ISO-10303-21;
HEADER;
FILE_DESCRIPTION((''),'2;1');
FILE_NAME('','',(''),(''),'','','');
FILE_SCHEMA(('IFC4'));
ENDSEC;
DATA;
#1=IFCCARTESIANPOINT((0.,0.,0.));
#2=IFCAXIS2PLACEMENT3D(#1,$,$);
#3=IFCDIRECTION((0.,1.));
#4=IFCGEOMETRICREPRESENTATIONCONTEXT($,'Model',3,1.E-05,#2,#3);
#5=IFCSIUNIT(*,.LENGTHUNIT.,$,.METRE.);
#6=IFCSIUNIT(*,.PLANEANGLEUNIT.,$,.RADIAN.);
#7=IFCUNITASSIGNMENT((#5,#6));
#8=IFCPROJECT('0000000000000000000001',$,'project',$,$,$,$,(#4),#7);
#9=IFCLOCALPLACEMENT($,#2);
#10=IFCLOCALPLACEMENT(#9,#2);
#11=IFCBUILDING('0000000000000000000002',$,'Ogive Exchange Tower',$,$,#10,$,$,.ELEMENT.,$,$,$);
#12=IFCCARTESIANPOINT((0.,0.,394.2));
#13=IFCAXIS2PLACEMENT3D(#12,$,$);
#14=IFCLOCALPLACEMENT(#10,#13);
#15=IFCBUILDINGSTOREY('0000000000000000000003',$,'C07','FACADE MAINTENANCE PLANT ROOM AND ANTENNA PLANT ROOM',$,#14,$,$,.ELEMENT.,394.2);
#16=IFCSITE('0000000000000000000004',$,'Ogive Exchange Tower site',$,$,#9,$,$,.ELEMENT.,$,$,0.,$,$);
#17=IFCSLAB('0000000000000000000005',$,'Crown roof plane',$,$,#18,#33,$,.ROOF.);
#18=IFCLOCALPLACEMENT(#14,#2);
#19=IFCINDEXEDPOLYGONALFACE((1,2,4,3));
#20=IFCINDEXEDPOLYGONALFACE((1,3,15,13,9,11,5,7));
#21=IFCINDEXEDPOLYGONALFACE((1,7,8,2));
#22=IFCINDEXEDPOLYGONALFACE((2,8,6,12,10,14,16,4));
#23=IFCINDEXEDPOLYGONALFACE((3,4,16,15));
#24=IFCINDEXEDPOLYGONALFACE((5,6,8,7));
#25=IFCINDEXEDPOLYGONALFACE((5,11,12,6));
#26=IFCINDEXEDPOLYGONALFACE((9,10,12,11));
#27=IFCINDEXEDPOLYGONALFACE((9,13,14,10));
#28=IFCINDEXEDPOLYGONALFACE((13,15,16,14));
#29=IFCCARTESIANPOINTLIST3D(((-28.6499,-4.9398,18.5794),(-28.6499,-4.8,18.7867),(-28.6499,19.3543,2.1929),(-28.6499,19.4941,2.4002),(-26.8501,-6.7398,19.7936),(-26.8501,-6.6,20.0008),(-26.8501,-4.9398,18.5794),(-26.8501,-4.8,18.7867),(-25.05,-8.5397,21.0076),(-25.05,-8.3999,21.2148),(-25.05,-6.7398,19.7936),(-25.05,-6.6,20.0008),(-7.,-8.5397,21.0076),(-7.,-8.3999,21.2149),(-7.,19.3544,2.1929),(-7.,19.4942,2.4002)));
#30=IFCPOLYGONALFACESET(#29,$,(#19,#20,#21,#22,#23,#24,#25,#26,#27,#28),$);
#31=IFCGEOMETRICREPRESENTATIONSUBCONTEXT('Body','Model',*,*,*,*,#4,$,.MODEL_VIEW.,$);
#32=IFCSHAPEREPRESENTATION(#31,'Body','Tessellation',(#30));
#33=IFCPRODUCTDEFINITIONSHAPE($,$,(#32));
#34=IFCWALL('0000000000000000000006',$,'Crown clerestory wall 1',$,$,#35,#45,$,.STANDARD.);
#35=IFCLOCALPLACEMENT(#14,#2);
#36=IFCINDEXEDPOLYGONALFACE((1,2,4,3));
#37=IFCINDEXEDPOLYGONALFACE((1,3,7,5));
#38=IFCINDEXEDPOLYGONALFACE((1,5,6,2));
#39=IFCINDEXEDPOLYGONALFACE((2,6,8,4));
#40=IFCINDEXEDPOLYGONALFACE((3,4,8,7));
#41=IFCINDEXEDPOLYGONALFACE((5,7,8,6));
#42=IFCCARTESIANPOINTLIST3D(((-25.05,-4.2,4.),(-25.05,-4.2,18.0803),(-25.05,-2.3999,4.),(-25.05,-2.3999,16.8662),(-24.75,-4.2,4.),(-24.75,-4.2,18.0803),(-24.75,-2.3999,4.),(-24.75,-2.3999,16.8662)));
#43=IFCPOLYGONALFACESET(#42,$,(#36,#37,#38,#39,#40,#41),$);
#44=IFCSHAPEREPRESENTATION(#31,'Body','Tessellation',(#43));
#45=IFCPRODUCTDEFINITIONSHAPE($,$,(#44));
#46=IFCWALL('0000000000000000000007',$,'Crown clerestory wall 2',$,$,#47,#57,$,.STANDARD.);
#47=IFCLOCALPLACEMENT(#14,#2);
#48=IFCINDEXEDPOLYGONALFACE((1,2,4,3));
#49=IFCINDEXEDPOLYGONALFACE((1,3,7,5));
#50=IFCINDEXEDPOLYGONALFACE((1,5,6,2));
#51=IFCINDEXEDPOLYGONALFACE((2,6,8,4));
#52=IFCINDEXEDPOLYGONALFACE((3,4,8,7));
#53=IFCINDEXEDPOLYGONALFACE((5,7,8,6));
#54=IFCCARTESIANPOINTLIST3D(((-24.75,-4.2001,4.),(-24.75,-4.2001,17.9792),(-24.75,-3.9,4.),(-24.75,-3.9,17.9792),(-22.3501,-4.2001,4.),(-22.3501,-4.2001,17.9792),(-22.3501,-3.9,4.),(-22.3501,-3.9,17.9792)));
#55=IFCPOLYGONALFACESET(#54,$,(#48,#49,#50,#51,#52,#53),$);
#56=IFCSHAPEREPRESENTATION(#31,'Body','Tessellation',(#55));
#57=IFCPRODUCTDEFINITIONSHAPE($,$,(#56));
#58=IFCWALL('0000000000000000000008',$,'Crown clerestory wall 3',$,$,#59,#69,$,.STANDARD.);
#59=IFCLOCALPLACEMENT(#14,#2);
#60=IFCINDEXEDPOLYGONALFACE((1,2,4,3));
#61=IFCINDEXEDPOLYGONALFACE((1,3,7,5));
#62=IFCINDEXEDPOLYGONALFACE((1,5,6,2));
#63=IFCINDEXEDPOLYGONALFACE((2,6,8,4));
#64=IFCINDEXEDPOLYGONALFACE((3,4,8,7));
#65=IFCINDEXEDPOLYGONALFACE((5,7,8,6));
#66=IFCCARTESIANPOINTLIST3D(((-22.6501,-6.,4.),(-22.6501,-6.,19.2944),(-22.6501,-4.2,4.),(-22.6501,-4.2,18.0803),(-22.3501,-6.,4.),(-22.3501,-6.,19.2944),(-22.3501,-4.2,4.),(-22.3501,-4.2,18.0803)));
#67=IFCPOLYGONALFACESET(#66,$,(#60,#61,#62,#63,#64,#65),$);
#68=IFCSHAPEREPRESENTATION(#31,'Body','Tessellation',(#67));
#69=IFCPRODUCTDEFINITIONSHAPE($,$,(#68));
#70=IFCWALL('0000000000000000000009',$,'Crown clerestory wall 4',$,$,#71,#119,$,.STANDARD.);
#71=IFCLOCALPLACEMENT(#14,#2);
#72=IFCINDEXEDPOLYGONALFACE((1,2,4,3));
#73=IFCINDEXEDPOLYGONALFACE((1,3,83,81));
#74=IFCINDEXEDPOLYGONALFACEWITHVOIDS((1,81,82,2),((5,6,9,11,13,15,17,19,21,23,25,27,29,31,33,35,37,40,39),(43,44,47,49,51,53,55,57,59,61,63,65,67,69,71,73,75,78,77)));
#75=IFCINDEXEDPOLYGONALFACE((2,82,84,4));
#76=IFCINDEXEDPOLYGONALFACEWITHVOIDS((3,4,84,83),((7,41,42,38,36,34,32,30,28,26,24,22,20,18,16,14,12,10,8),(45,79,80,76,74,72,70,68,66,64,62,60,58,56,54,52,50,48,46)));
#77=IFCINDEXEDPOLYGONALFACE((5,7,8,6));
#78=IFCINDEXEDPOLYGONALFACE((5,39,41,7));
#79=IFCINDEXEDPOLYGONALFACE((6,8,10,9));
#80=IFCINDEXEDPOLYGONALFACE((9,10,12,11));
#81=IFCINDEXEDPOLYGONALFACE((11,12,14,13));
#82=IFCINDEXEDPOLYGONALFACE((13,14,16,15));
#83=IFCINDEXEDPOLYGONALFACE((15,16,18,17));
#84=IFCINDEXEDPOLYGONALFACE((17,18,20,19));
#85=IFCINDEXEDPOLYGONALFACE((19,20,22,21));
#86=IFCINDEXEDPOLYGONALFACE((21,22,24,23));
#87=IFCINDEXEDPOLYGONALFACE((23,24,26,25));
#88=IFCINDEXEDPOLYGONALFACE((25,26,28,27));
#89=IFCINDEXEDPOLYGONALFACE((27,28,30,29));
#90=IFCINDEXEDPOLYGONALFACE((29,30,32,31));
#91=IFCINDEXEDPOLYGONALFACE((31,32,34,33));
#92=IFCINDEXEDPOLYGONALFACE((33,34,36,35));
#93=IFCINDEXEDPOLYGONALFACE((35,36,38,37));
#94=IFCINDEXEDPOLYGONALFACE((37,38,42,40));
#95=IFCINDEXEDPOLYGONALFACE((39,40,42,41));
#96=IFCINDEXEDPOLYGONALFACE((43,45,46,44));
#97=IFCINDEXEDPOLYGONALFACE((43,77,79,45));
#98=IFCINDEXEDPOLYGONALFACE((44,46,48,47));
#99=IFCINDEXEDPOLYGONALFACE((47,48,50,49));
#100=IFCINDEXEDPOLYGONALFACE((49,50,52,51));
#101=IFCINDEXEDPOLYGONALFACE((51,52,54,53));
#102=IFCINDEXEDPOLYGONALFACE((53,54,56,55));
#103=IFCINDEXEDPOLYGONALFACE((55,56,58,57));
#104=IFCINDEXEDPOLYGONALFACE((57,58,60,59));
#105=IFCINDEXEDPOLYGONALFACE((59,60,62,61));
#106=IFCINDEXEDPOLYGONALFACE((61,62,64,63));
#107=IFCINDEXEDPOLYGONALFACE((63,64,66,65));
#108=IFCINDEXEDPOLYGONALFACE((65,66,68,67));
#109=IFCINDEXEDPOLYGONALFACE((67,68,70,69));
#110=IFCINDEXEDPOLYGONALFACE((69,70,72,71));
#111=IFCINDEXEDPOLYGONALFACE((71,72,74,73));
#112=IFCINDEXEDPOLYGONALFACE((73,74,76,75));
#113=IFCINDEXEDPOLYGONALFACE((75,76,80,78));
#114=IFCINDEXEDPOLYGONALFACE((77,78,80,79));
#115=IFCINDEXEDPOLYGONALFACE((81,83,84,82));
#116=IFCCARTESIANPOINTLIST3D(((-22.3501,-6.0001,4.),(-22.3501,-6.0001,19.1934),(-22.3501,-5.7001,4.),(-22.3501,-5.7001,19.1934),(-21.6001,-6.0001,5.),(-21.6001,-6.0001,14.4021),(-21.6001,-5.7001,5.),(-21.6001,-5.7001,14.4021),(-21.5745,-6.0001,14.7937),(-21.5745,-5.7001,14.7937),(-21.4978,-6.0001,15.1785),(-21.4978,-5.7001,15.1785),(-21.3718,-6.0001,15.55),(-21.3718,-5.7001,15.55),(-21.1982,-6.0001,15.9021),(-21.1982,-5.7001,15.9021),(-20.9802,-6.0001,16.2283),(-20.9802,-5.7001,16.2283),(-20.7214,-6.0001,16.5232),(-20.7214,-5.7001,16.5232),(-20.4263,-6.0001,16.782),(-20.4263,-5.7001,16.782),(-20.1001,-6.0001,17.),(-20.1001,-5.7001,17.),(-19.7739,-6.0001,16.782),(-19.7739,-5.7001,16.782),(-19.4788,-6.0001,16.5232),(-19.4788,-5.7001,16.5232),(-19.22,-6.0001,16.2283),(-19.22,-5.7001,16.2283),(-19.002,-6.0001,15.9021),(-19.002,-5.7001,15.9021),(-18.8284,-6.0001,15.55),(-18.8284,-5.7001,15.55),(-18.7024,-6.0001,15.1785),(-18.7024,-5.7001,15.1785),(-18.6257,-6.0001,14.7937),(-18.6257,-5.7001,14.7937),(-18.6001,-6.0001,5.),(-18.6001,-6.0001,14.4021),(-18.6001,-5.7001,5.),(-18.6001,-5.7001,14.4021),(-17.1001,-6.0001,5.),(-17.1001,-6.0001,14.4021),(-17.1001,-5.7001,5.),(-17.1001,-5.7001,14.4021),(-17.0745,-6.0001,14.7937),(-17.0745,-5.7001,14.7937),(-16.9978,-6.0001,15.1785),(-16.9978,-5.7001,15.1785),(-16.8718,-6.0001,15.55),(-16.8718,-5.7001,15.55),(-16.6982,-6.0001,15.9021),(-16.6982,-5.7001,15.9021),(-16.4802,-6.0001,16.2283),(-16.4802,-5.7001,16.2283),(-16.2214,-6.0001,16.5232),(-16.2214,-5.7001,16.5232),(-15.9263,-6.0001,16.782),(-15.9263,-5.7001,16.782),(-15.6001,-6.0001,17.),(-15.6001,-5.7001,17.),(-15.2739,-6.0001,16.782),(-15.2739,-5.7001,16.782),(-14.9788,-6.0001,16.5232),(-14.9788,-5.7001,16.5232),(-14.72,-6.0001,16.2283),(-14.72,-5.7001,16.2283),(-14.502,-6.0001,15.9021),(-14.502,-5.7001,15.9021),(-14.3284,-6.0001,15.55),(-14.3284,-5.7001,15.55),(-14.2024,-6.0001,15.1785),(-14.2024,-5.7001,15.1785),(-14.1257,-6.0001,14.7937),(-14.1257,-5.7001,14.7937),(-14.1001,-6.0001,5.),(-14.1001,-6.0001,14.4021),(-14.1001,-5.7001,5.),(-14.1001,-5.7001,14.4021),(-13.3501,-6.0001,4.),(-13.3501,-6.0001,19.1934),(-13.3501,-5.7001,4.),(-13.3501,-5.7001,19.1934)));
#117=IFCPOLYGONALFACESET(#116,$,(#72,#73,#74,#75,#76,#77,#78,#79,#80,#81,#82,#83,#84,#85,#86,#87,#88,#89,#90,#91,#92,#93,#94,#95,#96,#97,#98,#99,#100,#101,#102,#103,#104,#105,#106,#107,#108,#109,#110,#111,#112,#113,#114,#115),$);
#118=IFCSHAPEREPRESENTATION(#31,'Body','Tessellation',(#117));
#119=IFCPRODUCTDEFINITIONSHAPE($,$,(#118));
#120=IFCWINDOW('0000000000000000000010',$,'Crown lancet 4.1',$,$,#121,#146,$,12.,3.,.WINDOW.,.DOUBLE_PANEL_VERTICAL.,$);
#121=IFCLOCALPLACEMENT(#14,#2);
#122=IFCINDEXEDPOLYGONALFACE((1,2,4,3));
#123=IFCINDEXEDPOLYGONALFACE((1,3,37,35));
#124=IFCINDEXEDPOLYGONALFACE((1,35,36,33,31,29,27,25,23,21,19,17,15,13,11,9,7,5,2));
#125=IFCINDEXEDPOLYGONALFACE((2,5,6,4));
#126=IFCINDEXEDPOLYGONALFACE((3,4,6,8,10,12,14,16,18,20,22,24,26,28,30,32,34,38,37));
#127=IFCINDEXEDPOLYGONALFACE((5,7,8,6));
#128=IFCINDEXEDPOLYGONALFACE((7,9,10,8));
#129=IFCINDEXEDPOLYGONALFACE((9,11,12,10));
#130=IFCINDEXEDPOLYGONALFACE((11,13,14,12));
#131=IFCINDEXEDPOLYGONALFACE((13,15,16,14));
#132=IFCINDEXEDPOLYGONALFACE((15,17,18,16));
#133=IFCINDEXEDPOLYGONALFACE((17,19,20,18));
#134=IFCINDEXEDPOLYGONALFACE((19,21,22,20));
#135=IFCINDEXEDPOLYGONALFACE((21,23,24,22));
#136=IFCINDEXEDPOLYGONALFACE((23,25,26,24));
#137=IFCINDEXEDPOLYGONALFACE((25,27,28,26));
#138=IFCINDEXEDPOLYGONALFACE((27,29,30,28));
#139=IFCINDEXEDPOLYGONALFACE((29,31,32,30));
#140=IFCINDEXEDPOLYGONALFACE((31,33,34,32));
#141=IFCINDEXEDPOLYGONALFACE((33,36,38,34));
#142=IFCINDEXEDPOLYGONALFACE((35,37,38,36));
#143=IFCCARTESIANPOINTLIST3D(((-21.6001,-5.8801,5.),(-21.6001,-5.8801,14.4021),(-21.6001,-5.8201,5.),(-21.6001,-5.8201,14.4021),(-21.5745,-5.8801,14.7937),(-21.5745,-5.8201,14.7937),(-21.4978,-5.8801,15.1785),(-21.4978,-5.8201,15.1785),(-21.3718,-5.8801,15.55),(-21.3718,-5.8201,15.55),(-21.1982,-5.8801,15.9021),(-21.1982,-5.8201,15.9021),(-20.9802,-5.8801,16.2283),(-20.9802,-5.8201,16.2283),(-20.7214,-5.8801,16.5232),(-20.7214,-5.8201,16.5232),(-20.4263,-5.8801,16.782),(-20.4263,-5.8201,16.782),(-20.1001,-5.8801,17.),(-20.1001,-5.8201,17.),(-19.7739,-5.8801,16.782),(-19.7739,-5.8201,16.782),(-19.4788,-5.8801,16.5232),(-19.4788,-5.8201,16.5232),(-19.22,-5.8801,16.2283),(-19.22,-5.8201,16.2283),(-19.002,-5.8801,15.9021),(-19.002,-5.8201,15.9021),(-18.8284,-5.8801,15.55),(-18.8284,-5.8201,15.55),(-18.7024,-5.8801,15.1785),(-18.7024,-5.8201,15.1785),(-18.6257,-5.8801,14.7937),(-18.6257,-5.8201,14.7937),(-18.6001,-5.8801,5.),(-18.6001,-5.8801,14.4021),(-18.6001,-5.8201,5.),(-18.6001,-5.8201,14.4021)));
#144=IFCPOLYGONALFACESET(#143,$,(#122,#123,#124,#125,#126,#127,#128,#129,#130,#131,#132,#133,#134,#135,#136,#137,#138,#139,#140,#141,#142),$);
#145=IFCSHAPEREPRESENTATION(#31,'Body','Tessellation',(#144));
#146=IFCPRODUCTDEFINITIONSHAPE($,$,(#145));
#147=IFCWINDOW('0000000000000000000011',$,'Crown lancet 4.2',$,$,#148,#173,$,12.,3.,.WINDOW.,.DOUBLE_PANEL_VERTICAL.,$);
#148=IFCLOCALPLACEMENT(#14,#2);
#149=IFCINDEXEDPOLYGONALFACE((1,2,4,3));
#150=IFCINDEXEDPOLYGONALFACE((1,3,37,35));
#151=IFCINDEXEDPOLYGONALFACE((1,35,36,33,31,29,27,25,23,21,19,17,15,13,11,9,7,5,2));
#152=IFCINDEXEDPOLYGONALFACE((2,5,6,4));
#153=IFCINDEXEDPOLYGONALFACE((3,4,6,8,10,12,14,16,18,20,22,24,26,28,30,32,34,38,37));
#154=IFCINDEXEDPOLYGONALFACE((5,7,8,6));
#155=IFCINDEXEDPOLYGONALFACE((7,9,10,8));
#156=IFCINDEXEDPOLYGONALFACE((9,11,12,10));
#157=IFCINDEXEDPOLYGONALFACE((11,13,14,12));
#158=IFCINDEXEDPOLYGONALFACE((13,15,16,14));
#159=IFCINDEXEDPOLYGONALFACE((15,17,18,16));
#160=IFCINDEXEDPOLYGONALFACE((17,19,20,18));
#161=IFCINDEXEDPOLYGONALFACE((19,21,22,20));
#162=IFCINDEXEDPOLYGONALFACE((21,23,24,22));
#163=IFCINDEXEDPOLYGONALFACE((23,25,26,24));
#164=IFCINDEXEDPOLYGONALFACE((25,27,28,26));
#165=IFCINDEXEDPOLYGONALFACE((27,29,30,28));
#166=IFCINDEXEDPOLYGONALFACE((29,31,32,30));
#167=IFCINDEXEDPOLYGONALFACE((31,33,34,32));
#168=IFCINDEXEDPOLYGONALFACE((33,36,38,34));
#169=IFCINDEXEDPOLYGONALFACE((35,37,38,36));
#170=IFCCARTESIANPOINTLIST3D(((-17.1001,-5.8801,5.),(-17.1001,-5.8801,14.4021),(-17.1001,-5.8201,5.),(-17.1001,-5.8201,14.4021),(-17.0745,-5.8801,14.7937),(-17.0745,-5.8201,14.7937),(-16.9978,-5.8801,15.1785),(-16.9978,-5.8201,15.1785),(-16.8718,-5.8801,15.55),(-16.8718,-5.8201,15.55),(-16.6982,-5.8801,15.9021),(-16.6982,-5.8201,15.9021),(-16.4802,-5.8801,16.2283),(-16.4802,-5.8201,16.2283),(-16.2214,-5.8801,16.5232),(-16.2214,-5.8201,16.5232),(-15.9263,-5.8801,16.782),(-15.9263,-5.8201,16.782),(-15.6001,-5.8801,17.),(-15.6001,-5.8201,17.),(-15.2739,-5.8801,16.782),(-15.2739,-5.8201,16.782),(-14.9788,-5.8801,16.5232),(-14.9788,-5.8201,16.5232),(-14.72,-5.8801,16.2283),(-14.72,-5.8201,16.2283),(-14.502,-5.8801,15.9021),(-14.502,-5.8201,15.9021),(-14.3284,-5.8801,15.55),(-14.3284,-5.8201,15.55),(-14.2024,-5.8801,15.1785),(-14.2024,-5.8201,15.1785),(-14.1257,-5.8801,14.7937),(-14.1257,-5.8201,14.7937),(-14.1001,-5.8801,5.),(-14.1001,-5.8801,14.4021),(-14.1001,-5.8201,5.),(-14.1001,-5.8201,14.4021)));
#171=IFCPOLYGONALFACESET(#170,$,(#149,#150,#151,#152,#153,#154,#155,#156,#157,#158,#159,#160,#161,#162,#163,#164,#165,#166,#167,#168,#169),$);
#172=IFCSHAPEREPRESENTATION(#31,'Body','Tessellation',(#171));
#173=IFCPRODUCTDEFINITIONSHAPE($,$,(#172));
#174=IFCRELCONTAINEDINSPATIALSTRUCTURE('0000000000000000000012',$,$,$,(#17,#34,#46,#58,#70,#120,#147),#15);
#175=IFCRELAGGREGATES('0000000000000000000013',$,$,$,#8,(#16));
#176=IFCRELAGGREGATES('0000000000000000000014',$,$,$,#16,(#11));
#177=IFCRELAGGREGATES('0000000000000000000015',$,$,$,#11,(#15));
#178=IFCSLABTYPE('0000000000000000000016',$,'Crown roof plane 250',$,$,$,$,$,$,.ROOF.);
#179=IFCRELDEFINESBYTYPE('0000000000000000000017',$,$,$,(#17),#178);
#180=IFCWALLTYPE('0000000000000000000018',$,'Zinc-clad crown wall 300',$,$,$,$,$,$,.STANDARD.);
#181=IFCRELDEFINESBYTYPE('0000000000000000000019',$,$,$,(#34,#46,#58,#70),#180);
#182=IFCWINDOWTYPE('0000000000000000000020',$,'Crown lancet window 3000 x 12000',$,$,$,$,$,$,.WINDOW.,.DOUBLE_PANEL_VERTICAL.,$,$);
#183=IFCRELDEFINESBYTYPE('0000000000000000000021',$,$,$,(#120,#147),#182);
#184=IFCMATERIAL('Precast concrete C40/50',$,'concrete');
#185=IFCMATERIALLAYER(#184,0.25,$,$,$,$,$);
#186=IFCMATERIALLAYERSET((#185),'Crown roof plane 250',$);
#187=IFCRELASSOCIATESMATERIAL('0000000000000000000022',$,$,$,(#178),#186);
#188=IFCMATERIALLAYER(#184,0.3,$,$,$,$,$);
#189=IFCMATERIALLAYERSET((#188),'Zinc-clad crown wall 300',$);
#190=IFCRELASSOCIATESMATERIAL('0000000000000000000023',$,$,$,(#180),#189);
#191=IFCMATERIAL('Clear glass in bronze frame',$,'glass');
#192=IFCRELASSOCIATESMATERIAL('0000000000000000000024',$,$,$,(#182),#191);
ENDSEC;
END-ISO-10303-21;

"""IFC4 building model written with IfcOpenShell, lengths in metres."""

from ifc_helpers import new_model, si_unit, direction, frame, frame_2d, origin, place, context, subcontext, project, spatial, polyline, rectangle, outline, extrude, material, layer, layer_set, type_object, element, fill, save


model = new_model("IFC4")

# Units and contexts
model_context = context("Model", 3, precision=1e-05, world=origin(), true_north=direction((0.0, 1.0)))
body_context = subcontext(model_context, "Body", "Model", "MODEL_VIEW")
ifc_project = project(units=[si_unit("LENGTHUNIT", "METRE"), si_unit("PLANEANGLEUNIT", "RADIAN")], contexts=[model_context])

# Site, building, storey
site_placement = place(None, origin())
site = spatial("IfcSite", under=ifc_project, at=site_placement, Name="Ogive Exchange Tower site", CompositionType="ELEMENT", RefElevation=0.0)
building_placement = place(site_placement, origin())
building = spatial("IfcBuilding", under=site, at=building_placement, Name="Ogive Exchange Tower", CompositionType="ELEMENT")
storey_placement = place(building_placement, frame((0.0, 0.0, 394.2)))
storey = spatial("IfcBuildingStorey", under=building, at=storey_placement, Name="C07", Description="FACADE MAINTENANCE PLANT ROOM AND ANTENNA PLANT ROOM", CompositionType="ELEMENT", Elevation=394.2)

# Slab
ifc_material_1 = material(Name="Precast concrete C40/50", Category="concrete")
ifc_layer_1 = layer(ifc_material_1, 0.25)
ifc_layer_set_1 = layer_set([ifc_layer_1], Name="Crown roof plane 250")
slab_type = type_object("IfcSlabType", Name="Crown roof plane 250", PredefinedType="ROOF", material=ifc_layer_set_1)
slab_placement = place(storey_placement, frame((-25.05, -8.3999, 21.2148), z_axis=(-0.000002, 0.559191, 0.829039), x_axis=(0.0, 0.829039, -0.559191)))
element("IfcSlab", 1, at=slab_placement, inside=storey, type_object=slab_type, Name="Crown roof plane", PredefinedType="ROOF", context=body_context, shape_type="SweptSolid", body=[
    extrude(outline(polyline([(0.0, 0.0), (2.171, 0.0), (2.171, 1.8), (4.3423, 1.8), (4.3423, 3.5999), (33.6463, 3.5999), (33.6463, -18.05), (0.0, -18.05), (0.0, 0.0)])), origin(), (0.0, 0.0, -1.0), 0.25),
])

# Walls
ifc_layer_2 = layer(ifc_material_1, 0.3)
ifc_layer_set_2 = layer_set([ifc_layer_2], Name="Zinc-clad crown wall 300")
wall_type = type_object("IfcWallType", Name="Zinc-clad crown wall 300", PredefinedType="STANDARD", material=ifc_layer_set_2)
wall_1_placement = place(storey_placement, frame((-24.8999, -2.3999, 4.0), z_axis=(0.0, 0.0, 1.0), x_axis=(0.0, -1.0, 0.0)))
element("IfcWall", 2, at=wall_1_placement, inside=storey, type_object=wall_type, Name="Crown clerestory wall 1", PredefinedType="STANDARD", context=body_context, shape_type="SweptSolid", body=[
    extrude(outline(polyline([(0.0, 0.0), (1.8, 0.0), (1.8, 14.0803), (0.0, 12.8662), (0.0, 0.0)])), frame((0.0, 0.1499, 0.0), z_axis=(0.0, -1.0, 0.0), x_axis=(1.0, 0.0, 0.0)), (0.0, 0.0, 1.0), 0.3),
])
wall_2_placement = place(storey_placement, frame((-24.75, -4.05, 4.0), z_axis=(0.0, 0.0, 1.0), x_axis=(1.0, 0.0, 0.0)))
element("IfcWall", 3, at=wall_2_placement, inside=storey, type_object=wall_type, Name="Crown clerestory wall 2", PredefinedType="STANDARD", context=body_context, shape_type="SweptSolid", body=[
    extrude(rectangle(XDim=2.3999, YDim=0.3, at=frame_2d((1.2, 0.0))), origin(), (0.0, 0.0, 1.0), 13.9792),
])
wall_3_placement = place(storey_placement, frame((-22.5, -4.2, 4.0), z_axis=(0.0, 0.0, 1.0), x_axis=(0.0, -1.0, 0.0)))
element("IfcWall", 4, at=wall_3_placement, inside=storey, type_object=wall_type, Name="Crown clerestory wall 3", PredefinedType="STANDARD", context=body_context, shape_type="SweptSolid", body=[
    extrude(outline(polyline([(0.0, 0.0), (1.8, 0.0), (1.8, 15.2944), (0.0, 14.0803), (0.0, 0.0)])), frame((0.0, 0.1499, 0.0), z_axis=(0.0, -1.0, 0.0), x_axis=(1.0, 0.0, 0.0)), (0.0, 0.0, 1.0), 0.3),
])

# Wall, openings, windows
wall_4_placement = place(storey_placement, frame((-22.3501, -5.8501, 4.0), z_axis=(0.0, 0.0, 1.0), x_axis=(1.0, 0.0, 0.0)))
wall_4 = element("IfcWall", 5, at=wall_4_placement, inside=storey, type_object=wall_type, Name="Crown clerestory wall 4", PredefinedType="STANDARD", context=body_context, shape_type="SweptSolid", body=[
    extrude(rectangle(XDim=9.0, YDim=0.3, at=frame_2d((4.5, 0.0))), origin(), (0.0, 0.0, 1.0), 15.1934),
])
opening_1_placement = place(wall_4_placement, frame((0.75, 0.0, 1.0)))
opening_1 = element("IfcOpeningElement", 6, at=opening_1_placement, cuts=wall_4, PredefinedType="OPENING", context=body_context, shape_type="SweptSolid", body=[
    extrude(outline(polyline([(0.0, 0.0), (3.0, 0.0), (3.0, 9.4021), (2.9744, 9.7937), (2.8977, 10.1785), (2.7717, 10.55), (2.5981, 10.9021), (2.3801, 11.2283), (2.1213, 11.5232), (1.8262, 11.782), (1.5, 12.0), (1.1738, 11.782), (0.8787, 11.5232), (0.6199, 11.2283), (0.4019, 10.9021), (0.2283, 10.55), (0.1023, 10.1785), (0.0256, 9.7937), (0.0, 9.4021), (0.0, 0.0)])), frame((0.0, 0.1599, 0.0), z_axis=(0.0, -1.0, 0.0), x_axis=(1.0, 0.0, 0.0)), (0.0, 0.0, 1.0), 0.3201),
])
opening_2_placement = place(wall_4_placement, frame((5.25, 0.0, 1.0)))
opening_2 = element("IfcOpeningElement", 7, at=opening_2_placement, cuts=wall_4, PredefinedType="OPENING", context=body_context, shape_type="SweptSolid", body=[
    extrude(outline(polyline([(0.0, 0.0), (3.0, 0.0), (3.0, 9.4021), (2.9744, 9.7937), (2.8977, 10.1785), (2.7717, 10.55), (2.5981, 10.9021), (2.3801, 11.2283), (2.1213, 11.5232), (1.8262, 11.782), (1.5, 12.0), (1.1738, 11.782), (0.8787, 11.5232), (0.6199, 11.2283), (0.4019, 10.9021), (0.2283, 10.55), (0.1023, 10.1785), (0.0256, 9.7937), (0.0, 9.4021), (0.0, 0.0)])), frame((0.0, 0.1599, 0.0), z_axis=(0.0, -1.0, 0.0), x_axis=(1.0, 0.0, 0.0)), (0.0, 0.0, 1.0), 0.3201),
])
ifc_material_2 = material(Name="Clear glass in bronze frame", Category="glass")
window_type = type_object("IfcWindowType", Name="Crown lancet window 3000 x 12000", PartitioningType="DOUBLE_PANEL_VERTICAL", PredefinedType="WINDOW", material=ifc_material_2)
window_1_placement = place(opening_1_placement, origin())
window_1 = element("IfcWindow", 8, at=window_1_placement, inside=storey, type_object=window_type, Name="Crown lancet 4.1", OverallHeight=12.0, OverallWidth=3.0, PartitioningType="DOUBLE_PANEL_VERTICAL", PredefinedType="WINDOW", context=body_context, shape_type="SweptSolid", body=[
    extrude(outline(polyline([(0.0, 0.0), (3.0, 0.0), (3.0, 9.4021), (2.9744, 9.7937), (2.8977, 10.1785), (2.7717, 10.55), (2.5981, 10.9021), (2.3801, 11.2283), (2.1213, 11.5232), (1.8262, 11.782), (1.5, 12.0), (1.1738, 11.782), (0.8787, 11.5232), (0.6199, 11.2283), (0.4019, 10.9021), (0.2283, 10.55), (0.1023, 10.1785), (0.0256, 9.7937), (0.0, 9.4021), (0.0, 0.0)])), frame((0.0, 0.03, 0.0), z_axis=(0.0, -1.0, 0.0), x_axis=(1.0, 0.0, 0.0)), (0.0, 0.0, 1.0), 0.0601),
])
fill(opening_1, window_1)
window_2_placement = place(opening_2_placement, origin())
window_2 = element("IfcWindow", 9, at=window_2_placement, inside=storey, type_object=window_type, Name="Crown lancet 4.2", OverallHeight=12.0, OverallWidth=3.0, PartitioningType="DOUBLE_PANEL_VERTICAL", PredefinedType="WINDOW", context=body_context, shape_type="SweptSolid", body=[
    extrude(outline(polyline([(0.0, 0.0), (3.0, 0.0), (3.0, 9.4021), (2.9744, 9.7937), (2.8977, 10.1785), (2.7717, 10.55), (2.5981, 10.9021), (2.3801, 11.2283), (2.1213, 11.5232), (1.8262, 11.782), (1.5, 12.0), (1.1738, 11.782), (0.8787, 11.5232), (0.6199, 11.2283), (0.4019, 10.9021), (0.2283, 10.55), (0.1023, 10.1785), (0.0256, 9.7937), (0.0, 9.4021), (0.0, 0.0)])), frame((0.0, 0.03, 0.0), z_axis=(0.0, -1.0, 0.0), x_axis=(1.0, 0.0, 0.0)), (0.0, 0.0, 1.0), 0.0601),
])
fill(opening_2, window_2)

save(model, "model.ifc")
